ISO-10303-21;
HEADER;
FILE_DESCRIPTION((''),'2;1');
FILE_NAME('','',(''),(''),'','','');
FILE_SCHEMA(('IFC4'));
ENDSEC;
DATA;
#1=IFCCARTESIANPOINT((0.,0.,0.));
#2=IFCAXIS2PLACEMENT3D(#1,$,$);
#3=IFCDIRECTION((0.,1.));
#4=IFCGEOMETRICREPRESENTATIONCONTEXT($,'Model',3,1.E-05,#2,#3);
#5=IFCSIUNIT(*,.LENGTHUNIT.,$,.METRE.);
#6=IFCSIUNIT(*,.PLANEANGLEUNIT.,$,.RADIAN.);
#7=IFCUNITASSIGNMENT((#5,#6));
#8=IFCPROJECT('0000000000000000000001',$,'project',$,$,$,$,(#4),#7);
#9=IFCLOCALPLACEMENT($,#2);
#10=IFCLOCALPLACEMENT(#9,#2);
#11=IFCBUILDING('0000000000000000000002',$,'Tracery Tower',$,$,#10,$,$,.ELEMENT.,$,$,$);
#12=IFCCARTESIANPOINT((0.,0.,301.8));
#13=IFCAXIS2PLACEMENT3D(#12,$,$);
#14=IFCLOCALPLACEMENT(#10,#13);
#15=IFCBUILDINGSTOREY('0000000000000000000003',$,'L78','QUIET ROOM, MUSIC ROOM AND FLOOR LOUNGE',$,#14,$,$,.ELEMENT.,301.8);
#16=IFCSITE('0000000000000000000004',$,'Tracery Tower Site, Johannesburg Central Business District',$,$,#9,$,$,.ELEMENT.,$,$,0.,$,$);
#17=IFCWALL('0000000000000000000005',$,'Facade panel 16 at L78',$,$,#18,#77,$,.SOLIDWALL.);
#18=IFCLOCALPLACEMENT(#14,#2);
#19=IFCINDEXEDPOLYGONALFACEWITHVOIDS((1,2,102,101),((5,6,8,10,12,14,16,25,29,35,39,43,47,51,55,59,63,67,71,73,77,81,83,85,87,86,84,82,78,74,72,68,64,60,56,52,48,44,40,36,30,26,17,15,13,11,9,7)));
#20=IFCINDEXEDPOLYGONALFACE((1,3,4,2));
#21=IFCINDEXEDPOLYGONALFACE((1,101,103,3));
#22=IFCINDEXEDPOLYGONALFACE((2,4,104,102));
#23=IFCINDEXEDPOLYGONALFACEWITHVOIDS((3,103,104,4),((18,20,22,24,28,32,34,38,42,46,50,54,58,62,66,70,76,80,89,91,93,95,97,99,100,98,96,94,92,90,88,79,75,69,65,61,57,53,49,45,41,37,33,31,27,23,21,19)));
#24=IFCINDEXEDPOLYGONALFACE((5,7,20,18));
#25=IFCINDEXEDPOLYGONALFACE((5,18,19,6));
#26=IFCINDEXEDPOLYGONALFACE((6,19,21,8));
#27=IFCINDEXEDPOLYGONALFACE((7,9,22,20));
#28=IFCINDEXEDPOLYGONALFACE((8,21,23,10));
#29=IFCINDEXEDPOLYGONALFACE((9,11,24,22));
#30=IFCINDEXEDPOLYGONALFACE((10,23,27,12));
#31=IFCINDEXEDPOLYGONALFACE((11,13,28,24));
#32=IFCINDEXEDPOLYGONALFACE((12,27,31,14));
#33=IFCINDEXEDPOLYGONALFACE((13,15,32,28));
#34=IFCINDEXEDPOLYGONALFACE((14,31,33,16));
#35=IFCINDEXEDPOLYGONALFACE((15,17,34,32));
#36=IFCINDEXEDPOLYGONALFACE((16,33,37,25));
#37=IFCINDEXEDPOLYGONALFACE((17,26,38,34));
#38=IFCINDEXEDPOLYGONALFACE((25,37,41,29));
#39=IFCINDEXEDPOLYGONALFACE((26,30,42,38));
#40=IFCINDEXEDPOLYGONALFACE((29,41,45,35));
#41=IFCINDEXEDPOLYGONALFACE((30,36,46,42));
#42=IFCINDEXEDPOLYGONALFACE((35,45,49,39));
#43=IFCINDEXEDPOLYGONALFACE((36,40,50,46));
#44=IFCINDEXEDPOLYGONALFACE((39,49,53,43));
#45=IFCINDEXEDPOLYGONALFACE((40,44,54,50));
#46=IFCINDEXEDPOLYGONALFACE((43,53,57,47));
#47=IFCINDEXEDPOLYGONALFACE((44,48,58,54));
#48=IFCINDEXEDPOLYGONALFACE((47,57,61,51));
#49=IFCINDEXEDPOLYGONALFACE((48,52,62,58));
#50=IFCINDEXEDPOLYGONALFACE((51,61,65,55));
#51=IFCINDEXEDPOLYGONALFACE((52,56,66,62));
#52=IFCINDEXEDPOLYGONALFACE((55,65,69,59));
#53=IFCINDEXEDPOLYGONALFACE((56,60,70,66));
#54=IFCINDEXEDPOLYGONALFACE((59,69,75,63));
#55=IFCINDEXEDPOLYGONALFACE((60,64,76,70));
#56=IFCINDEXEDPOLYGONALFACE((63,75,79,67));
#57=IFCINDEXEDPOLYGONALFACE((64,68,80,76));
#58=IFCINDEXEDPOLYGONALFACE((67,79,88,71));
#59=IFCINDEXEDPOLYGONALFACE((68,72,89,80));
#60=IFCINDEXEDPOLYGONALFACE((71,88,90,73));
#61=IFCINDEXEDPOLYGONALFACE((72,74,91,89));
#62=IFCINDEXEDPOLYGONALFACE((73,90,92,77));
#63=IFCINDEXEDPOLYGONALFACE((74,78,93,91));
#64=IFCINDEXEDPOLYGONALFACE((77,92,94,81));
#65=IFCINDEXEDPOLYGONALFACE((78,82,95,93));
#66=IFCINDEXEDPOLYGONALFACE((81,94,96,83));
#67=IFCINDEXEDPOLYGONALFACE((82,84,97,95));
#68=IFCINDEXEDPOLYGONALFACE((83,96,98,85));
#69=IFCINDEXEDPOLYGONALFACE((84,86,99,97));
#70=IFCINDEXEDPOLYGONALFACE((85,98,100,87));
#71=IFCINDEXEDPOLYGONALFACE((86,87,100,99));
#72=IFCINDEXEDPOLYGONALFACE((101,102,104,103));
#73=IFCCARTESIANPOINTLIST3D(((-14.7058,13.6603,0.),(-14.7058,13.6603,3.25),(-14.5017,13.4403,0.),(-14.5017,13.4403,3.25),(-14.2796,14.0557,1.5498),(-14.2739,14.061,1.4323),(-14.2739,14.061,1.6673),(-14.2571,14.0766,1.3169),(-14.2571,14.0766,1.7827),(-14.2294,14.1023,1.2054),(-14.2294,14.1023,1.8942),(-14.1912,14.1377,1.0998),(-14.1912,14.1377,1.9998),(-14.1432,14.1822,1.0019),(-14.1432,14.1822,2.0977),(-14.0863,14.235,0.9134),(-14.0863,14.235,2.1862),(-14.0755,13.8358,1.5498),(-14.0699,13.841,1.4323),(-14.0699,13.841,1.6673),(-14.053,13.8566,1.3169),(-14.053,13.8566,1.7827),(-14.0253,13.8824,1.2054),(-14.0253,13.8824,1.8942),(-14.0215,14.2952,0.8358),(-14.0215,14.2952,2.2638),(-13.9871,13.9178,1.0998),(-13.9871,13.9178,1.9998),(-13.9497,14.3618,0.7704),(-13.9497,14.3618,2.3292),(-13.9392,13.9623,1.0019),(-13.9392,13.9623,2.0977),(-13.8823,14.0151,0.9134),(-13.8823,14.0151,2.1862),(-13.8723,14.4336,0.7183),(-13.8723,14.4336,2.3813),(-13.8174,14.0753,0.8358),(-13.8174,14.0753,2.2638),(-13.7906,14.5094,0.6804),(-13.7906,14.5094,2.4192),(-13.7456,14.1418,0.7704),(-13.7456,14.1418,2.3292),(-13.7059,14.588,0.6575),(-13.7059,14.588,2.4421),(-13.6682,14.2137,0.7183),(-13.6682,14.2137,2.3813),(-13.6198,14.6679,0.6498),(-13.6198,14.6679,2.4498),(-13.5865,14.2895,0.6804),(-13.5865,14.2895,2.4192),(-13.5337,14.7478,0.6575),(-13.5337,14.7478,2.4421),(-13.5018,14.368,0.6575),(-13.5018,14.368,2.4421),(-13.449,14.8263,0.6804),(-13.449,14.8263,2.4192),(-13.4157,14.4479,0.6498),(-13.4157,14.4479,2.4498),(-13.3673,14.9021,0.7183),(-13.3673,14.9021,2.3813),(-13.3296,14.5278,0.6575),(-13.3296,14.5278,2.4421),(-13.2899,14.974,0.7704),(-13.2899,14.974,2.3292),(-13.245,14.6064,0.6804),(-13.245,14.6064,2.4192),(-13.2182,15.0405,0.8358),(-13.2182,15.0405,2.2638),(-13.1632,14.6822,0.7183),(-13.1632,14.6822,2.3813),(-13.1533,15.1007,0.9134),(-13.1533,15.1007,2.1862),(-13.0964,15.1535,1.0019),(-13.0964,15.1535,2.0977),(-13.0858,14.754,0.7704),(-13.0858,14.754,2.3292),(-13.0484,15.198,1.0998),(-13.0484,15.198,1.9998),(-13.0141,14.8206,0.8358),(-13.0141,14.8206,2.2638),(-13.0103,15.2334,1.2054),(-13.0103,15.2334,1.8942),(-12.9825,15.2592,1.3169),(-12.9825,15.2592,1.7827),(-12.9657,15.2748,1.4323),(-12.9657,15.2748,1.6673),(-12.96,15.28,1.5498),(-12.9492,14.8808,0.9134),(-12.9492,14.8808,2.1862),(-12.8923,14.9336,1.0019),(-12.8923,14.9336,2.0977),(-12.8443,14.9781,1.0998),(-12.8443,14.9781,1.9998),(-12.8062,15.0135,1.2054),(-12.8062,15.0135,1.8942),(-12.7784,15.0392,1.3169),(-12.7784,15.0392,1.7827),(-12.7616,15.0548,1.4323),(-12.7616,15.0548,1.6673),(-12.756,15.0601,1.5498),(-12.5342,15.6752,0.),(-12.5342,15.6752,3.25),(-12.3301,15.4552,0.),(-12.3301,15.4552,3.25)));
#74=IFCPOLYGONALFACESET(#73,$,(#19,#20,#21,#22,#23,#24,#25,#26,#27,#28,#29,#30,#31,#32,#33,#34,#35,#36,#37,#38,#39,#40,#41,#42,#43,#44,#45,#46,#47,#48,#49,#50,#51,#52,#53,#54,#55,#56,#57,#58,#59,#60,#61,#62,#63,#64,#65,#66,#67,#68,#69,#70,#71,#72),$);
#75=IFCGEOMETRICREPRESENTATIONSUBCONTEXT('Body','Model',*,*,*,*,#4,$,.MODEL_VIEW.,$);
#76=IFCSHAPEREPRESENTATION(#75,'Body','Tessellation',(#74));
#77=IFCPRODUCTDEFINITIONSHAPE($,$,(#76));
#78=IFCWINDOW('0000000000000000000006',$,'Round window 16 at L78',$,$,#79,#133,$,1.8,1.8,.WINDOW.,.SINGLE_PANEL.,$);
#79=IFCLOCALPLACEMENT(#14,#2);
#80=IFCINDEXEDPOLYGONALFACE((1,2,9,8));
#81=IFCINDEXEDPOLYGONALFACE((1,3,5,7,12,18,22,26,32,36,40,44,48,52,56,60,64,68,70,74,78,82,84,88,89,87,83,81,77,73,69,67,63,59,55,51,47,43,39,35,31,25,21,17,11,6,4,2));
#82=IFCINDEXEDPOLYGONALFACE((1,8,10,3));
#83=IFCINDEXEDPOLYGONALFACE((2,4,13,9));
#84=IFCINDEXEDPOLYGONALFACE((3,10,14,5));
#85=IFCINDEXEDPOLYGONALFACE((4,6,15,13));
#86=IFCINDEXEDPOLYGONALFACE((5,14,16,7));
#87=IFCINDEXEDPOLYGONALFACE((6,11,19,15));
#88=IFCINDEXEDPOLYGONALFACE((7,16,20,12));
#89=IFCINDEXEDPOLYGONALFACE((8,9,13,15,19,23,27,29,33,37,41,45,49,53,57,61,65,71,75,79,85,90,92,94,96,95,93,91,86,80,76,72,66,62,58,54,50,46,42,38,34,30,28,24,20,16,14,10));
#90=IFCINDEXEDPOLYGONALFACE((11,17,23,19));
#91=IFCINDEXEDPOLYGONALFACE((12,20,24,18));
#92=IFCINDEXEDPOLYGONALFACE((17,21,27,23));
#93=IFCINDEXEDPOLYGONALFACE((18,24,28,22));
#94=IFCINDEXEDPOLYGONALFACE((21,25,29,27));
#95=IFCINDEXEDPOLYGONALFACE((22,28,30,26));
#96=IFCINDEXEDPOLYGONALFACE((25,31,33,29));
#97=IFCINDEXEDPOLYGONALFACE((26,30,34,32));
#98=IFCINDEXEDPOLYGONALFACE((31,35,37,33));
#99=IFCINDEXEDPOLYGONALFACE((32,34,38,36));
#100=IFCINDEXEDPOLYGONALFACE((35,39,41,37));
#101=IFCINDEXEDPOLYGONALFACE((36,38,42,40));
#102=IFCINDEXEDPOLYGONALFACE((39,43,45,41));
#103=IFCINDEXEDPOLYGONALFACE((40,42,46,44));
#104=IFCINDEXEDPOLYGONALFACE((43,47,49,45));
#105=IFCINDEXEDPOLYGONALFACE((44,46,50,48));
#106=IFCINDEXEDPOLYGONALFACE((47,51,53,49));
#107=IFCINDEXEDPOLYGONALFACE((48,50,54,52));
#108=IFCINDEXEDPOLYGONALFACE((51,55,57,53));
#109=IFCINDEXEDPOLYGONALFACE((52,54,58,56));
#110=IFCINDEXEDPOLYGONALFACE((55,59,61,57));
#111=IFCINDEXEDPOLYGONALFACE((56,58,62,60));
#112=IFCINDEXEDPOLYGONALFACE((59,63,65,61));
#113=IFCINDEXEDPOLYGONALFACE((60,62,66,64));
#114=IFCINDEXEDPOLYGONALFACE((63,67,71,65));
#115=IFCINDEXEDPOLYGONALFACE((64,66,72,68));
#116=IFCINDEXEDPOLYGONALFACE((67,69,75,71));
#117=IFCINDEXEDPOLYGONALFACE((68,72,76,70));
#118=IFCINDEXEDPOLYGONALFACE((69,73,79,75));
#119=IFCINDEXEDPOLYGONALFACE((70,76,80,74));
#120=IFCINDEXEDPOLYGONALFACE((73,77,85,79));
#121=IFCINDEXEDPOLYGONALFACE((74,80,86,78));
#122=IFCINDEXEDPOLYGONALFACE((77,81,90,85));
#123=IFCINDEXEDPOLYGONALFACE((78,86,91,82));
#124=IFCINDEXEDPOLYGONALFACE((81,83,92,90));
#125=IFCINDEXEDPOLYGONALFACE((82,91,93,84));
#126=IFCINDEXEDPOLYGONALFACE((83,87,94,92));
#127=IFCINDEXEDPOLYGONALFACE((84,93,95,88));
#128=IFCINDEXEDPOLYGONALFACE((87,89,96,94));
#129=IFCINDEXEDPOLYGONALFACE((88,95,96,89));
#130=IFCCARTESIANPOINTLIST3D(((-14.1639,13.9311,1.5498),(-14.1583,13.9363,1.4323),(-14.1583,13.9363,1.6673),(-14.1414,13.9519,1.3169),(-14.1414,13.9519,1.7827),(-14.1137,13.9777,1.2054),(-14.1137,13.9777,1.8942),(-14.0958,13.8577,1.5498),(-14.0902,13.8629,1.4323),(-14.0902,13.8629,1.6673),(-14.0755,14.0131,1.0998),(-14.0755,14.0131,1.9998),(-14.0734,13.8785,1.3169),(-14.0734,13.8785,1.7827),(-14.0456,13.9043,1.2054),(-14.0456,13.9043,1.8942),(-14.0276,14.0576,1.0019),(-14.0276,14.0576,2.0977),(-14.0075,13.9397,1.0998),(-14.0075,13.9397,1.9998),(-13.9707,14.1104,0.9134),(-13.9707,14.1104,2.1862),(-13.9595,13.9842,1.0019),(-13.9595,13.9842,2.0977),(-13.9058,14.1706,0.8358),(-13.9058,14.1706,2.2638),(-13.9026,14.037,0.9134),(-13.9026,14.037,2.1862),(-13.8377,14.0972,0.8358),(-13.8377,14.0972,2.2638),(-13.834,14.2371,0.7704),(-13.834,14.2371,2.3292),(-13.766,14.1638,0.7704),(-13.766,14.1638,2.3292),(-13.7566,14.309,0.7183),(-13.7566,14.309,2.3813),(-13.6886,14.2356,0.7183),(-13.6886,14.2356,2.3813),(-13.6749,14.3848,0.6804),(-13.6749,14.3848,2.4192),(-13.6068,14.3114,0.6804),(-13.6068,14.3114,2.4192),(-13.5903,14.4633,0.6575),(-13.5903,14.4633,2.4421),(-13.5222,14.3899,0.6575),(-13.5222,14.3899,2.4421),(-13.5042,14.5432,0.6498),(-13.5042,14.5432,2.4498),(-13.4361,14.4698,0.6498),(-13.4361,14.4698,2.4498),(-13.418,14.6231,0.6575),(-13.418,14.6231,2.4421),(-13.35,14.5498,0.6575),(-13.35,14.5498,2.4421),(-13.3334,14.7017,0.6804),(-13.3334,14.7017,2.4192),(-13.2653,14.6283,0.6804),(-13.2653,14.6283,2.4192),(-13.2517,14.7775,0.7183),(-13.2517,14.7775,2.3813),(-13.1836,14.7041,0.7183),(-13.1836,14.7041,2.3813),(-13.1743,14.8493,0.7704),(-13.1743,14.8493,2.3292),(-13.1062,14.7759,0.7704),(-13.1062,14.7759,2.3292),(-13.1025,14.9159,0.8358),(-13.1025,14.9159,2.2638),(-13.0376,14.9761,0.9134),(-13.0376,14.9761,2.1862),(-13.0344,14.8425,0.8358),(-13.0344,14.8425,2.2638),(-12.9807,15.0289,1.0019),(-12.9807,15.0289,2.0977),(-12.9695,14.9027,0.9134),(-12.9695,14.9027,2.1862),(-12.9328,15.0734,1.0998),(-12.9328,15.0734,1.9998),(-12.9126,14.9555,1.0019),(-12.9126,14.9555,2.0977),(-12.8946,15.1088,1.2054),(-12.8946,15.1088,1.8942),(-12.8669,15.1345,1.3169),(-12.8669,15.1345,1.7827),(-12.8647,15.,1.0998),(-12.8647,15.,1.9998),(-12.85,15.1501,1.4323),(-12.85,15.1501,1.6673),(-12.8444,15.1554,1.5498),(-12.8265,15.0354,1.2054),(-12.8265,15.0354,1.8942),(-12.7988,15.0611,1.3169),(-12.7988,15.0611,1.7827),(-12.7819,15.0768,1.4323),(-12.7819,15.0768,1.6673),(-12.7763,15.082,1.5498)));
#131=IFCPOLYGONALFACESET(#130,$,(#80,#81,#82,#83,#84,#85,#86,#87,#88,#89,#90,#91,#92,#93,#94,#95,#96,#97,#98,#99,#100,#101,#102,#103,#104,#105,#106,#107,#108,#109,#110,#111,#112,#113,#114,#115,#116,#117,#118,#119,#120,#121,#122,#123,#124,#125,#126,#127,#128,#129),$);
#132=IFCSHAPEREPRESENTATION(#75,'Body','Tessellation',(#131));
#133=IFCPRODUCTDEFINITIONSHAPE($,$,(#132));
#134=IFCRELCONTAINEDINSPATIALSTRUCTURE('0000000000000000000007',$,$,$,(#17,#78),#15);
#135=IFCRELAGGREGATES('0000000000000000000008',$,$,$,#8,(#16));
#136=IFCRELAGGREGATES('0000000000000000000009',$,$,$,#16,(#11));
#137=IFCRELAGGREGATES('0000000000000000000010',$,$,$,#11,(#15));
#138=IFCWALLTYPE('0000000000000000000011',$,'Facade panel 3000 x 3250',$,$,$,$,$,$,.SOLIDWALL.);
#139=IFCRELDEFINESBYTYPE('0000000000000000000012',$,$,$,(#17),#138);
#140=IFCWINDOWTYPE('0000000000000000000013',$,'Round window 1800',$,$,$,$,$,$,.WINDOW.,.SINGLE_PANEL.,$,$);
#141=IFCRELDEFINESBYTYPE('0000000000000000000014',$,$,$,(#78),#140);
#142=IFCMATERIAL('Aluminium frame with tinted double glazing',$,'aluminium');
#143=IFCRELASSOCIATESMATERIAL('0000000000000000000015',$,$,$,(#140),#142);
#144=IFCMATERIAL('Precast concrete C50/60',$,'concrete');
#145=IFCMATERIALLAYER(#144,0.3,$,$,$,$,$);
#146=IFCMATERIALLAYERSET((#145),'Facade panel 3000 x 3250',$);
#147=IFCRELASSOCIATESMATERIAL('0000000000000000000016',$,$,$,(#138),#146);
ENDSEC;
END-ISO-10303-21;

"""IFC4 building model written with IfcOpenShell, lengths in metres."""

from ifc_helpers import new_model, si_unit, direction, frame, frame_2d, origin, origin_2d, place, context, subcontext, project, spatial, rectangle, circle, extrude, material, layer, layer_set, type_object, element, fill, save


model = new_model("IFC4")

# Units and contexts
model_context = context("Model", 3, precision=1e-05, world=origin(), true_north=direction((0.0, 1.0)))
body_context = subcontext(model_context, "Body", "Model", "MODEL_VIEW")
ifc_project = project(units=[si_unit("LENGTHUNIT", "METRE"), si_unit("PLANEANGLEUNIT", "RADIAN")], contexts=[model_context])

# Site, building, storey
site_placement = place(None, origin())
site = spatial("IfcSite", under=ifc_project, at=site_placement, Name="Tracery Tower Site, Johannesburg Central Business District", CompositionType="ELEMENT", RefElevation=0.0)
building_placement = place(site_placement, origin())
building = spatial("IfcBuilding", under=site, at=building_placement, Name="Tracery Tower", CompositionType="ELEMENT")
storey_placement = place(building_placement, frame((0.0, 0.0, 301.8)))
storey = spatial("IfcBuildingStorey", under=building, at=storey_placement, Name="L78", Description="QUIET ROOM, MUSIC ROOM AND FLOOR LOUNGE", CompositionType="ELEMENT", Elevation=301.8)

# Wall, opening, window
ifc_material_1 = material(Name="Aluminium frame with tinted double glazing", Category="aluminium")
window_type = type_object("IfcWindowType", Name="Round window 1800", PartitioningType="SINGLE_PANEL", PredefinedType="WINDOW", material=ifc_material_1)
ifc_material_2 = material(Name="Precast concrete C50/60", Category="concrete")
ifc_layer_1 = layer(ifc_material_2, 0.3)
ifc_layer_set_1 = layer_set([ifc_layer_1], Name="Facade panel 3000 x 3250")
wall_type_1 = type_object("IfcWallType", Name="Facade panel 3000 x 3250", PredefinedType="SOLIDWALL", material=ifc_layer_set_1)
wall_1_placement = place(storey_placement, frame((-12.4321, 15.5652, 0.0), z_axis=(0.0, 0.0, 1.0), x_axis=(-0.733066, -0.680157, 0.0)))
wall_1 = element("IfcWall", 1, at=wall_1_placement, inside=storey, type_object=wall_type_1, Name="Facade panel 16 at L78", PredefinedType="SOLIDWALL", context=body_context, shape_type="SweptSolid", body=[
    extrude(rectangle(XDim=2.9624, YDim=0.3, at=frame_2d((1.4812, 0.0))), origin(), (0.0, 0.0, 1.0), 3.25),
])
opening_1_placement = place(wall_1_placement, frame((1.481, 0.0, 1.5498)))
opening_1 = element("IfcOpeningElement", 2, at=opening_1_placement, cuts=wall_1, PredefinedType="OPENING", context=body_context, shape_type="SweptSolid", body=[
    extrude(circle(Radius=0.9, at=origin_2d()), frame((0.0, 0.1599, 0.0), z_axis=(0.0, -1.0, 0.0), x_axis=(1.0, 0.0, 0.0)), (0.0, 0.0, 1.0), 0.3201),
])
window_1_placement = place(opening_1_placement, origin())
window_1 = element("IfcWindow", 3, at=window_1_placement, inside=storey, type_object=window_type, Name="Round window 16 at L78", OverallHeight=1.8, OverallWidth=1.8, PartitioningType="SINGLE_PANEL", PredefinedType="WINDOW", context=body_context, shape_type="SweptSolid", body=[
    extrude(circle(Radius=0.9, at=origin_2d()), frame((0.0, 0.1201, 0.0), z_axis=(0.0, -1.0, 0.0), x_axis=(1.0, 0.0, 0.0)), (0.0, 0.0, 1.0), 0.1001),
])
fill(opening_1, window_1)

save(model, "model.ifc")
